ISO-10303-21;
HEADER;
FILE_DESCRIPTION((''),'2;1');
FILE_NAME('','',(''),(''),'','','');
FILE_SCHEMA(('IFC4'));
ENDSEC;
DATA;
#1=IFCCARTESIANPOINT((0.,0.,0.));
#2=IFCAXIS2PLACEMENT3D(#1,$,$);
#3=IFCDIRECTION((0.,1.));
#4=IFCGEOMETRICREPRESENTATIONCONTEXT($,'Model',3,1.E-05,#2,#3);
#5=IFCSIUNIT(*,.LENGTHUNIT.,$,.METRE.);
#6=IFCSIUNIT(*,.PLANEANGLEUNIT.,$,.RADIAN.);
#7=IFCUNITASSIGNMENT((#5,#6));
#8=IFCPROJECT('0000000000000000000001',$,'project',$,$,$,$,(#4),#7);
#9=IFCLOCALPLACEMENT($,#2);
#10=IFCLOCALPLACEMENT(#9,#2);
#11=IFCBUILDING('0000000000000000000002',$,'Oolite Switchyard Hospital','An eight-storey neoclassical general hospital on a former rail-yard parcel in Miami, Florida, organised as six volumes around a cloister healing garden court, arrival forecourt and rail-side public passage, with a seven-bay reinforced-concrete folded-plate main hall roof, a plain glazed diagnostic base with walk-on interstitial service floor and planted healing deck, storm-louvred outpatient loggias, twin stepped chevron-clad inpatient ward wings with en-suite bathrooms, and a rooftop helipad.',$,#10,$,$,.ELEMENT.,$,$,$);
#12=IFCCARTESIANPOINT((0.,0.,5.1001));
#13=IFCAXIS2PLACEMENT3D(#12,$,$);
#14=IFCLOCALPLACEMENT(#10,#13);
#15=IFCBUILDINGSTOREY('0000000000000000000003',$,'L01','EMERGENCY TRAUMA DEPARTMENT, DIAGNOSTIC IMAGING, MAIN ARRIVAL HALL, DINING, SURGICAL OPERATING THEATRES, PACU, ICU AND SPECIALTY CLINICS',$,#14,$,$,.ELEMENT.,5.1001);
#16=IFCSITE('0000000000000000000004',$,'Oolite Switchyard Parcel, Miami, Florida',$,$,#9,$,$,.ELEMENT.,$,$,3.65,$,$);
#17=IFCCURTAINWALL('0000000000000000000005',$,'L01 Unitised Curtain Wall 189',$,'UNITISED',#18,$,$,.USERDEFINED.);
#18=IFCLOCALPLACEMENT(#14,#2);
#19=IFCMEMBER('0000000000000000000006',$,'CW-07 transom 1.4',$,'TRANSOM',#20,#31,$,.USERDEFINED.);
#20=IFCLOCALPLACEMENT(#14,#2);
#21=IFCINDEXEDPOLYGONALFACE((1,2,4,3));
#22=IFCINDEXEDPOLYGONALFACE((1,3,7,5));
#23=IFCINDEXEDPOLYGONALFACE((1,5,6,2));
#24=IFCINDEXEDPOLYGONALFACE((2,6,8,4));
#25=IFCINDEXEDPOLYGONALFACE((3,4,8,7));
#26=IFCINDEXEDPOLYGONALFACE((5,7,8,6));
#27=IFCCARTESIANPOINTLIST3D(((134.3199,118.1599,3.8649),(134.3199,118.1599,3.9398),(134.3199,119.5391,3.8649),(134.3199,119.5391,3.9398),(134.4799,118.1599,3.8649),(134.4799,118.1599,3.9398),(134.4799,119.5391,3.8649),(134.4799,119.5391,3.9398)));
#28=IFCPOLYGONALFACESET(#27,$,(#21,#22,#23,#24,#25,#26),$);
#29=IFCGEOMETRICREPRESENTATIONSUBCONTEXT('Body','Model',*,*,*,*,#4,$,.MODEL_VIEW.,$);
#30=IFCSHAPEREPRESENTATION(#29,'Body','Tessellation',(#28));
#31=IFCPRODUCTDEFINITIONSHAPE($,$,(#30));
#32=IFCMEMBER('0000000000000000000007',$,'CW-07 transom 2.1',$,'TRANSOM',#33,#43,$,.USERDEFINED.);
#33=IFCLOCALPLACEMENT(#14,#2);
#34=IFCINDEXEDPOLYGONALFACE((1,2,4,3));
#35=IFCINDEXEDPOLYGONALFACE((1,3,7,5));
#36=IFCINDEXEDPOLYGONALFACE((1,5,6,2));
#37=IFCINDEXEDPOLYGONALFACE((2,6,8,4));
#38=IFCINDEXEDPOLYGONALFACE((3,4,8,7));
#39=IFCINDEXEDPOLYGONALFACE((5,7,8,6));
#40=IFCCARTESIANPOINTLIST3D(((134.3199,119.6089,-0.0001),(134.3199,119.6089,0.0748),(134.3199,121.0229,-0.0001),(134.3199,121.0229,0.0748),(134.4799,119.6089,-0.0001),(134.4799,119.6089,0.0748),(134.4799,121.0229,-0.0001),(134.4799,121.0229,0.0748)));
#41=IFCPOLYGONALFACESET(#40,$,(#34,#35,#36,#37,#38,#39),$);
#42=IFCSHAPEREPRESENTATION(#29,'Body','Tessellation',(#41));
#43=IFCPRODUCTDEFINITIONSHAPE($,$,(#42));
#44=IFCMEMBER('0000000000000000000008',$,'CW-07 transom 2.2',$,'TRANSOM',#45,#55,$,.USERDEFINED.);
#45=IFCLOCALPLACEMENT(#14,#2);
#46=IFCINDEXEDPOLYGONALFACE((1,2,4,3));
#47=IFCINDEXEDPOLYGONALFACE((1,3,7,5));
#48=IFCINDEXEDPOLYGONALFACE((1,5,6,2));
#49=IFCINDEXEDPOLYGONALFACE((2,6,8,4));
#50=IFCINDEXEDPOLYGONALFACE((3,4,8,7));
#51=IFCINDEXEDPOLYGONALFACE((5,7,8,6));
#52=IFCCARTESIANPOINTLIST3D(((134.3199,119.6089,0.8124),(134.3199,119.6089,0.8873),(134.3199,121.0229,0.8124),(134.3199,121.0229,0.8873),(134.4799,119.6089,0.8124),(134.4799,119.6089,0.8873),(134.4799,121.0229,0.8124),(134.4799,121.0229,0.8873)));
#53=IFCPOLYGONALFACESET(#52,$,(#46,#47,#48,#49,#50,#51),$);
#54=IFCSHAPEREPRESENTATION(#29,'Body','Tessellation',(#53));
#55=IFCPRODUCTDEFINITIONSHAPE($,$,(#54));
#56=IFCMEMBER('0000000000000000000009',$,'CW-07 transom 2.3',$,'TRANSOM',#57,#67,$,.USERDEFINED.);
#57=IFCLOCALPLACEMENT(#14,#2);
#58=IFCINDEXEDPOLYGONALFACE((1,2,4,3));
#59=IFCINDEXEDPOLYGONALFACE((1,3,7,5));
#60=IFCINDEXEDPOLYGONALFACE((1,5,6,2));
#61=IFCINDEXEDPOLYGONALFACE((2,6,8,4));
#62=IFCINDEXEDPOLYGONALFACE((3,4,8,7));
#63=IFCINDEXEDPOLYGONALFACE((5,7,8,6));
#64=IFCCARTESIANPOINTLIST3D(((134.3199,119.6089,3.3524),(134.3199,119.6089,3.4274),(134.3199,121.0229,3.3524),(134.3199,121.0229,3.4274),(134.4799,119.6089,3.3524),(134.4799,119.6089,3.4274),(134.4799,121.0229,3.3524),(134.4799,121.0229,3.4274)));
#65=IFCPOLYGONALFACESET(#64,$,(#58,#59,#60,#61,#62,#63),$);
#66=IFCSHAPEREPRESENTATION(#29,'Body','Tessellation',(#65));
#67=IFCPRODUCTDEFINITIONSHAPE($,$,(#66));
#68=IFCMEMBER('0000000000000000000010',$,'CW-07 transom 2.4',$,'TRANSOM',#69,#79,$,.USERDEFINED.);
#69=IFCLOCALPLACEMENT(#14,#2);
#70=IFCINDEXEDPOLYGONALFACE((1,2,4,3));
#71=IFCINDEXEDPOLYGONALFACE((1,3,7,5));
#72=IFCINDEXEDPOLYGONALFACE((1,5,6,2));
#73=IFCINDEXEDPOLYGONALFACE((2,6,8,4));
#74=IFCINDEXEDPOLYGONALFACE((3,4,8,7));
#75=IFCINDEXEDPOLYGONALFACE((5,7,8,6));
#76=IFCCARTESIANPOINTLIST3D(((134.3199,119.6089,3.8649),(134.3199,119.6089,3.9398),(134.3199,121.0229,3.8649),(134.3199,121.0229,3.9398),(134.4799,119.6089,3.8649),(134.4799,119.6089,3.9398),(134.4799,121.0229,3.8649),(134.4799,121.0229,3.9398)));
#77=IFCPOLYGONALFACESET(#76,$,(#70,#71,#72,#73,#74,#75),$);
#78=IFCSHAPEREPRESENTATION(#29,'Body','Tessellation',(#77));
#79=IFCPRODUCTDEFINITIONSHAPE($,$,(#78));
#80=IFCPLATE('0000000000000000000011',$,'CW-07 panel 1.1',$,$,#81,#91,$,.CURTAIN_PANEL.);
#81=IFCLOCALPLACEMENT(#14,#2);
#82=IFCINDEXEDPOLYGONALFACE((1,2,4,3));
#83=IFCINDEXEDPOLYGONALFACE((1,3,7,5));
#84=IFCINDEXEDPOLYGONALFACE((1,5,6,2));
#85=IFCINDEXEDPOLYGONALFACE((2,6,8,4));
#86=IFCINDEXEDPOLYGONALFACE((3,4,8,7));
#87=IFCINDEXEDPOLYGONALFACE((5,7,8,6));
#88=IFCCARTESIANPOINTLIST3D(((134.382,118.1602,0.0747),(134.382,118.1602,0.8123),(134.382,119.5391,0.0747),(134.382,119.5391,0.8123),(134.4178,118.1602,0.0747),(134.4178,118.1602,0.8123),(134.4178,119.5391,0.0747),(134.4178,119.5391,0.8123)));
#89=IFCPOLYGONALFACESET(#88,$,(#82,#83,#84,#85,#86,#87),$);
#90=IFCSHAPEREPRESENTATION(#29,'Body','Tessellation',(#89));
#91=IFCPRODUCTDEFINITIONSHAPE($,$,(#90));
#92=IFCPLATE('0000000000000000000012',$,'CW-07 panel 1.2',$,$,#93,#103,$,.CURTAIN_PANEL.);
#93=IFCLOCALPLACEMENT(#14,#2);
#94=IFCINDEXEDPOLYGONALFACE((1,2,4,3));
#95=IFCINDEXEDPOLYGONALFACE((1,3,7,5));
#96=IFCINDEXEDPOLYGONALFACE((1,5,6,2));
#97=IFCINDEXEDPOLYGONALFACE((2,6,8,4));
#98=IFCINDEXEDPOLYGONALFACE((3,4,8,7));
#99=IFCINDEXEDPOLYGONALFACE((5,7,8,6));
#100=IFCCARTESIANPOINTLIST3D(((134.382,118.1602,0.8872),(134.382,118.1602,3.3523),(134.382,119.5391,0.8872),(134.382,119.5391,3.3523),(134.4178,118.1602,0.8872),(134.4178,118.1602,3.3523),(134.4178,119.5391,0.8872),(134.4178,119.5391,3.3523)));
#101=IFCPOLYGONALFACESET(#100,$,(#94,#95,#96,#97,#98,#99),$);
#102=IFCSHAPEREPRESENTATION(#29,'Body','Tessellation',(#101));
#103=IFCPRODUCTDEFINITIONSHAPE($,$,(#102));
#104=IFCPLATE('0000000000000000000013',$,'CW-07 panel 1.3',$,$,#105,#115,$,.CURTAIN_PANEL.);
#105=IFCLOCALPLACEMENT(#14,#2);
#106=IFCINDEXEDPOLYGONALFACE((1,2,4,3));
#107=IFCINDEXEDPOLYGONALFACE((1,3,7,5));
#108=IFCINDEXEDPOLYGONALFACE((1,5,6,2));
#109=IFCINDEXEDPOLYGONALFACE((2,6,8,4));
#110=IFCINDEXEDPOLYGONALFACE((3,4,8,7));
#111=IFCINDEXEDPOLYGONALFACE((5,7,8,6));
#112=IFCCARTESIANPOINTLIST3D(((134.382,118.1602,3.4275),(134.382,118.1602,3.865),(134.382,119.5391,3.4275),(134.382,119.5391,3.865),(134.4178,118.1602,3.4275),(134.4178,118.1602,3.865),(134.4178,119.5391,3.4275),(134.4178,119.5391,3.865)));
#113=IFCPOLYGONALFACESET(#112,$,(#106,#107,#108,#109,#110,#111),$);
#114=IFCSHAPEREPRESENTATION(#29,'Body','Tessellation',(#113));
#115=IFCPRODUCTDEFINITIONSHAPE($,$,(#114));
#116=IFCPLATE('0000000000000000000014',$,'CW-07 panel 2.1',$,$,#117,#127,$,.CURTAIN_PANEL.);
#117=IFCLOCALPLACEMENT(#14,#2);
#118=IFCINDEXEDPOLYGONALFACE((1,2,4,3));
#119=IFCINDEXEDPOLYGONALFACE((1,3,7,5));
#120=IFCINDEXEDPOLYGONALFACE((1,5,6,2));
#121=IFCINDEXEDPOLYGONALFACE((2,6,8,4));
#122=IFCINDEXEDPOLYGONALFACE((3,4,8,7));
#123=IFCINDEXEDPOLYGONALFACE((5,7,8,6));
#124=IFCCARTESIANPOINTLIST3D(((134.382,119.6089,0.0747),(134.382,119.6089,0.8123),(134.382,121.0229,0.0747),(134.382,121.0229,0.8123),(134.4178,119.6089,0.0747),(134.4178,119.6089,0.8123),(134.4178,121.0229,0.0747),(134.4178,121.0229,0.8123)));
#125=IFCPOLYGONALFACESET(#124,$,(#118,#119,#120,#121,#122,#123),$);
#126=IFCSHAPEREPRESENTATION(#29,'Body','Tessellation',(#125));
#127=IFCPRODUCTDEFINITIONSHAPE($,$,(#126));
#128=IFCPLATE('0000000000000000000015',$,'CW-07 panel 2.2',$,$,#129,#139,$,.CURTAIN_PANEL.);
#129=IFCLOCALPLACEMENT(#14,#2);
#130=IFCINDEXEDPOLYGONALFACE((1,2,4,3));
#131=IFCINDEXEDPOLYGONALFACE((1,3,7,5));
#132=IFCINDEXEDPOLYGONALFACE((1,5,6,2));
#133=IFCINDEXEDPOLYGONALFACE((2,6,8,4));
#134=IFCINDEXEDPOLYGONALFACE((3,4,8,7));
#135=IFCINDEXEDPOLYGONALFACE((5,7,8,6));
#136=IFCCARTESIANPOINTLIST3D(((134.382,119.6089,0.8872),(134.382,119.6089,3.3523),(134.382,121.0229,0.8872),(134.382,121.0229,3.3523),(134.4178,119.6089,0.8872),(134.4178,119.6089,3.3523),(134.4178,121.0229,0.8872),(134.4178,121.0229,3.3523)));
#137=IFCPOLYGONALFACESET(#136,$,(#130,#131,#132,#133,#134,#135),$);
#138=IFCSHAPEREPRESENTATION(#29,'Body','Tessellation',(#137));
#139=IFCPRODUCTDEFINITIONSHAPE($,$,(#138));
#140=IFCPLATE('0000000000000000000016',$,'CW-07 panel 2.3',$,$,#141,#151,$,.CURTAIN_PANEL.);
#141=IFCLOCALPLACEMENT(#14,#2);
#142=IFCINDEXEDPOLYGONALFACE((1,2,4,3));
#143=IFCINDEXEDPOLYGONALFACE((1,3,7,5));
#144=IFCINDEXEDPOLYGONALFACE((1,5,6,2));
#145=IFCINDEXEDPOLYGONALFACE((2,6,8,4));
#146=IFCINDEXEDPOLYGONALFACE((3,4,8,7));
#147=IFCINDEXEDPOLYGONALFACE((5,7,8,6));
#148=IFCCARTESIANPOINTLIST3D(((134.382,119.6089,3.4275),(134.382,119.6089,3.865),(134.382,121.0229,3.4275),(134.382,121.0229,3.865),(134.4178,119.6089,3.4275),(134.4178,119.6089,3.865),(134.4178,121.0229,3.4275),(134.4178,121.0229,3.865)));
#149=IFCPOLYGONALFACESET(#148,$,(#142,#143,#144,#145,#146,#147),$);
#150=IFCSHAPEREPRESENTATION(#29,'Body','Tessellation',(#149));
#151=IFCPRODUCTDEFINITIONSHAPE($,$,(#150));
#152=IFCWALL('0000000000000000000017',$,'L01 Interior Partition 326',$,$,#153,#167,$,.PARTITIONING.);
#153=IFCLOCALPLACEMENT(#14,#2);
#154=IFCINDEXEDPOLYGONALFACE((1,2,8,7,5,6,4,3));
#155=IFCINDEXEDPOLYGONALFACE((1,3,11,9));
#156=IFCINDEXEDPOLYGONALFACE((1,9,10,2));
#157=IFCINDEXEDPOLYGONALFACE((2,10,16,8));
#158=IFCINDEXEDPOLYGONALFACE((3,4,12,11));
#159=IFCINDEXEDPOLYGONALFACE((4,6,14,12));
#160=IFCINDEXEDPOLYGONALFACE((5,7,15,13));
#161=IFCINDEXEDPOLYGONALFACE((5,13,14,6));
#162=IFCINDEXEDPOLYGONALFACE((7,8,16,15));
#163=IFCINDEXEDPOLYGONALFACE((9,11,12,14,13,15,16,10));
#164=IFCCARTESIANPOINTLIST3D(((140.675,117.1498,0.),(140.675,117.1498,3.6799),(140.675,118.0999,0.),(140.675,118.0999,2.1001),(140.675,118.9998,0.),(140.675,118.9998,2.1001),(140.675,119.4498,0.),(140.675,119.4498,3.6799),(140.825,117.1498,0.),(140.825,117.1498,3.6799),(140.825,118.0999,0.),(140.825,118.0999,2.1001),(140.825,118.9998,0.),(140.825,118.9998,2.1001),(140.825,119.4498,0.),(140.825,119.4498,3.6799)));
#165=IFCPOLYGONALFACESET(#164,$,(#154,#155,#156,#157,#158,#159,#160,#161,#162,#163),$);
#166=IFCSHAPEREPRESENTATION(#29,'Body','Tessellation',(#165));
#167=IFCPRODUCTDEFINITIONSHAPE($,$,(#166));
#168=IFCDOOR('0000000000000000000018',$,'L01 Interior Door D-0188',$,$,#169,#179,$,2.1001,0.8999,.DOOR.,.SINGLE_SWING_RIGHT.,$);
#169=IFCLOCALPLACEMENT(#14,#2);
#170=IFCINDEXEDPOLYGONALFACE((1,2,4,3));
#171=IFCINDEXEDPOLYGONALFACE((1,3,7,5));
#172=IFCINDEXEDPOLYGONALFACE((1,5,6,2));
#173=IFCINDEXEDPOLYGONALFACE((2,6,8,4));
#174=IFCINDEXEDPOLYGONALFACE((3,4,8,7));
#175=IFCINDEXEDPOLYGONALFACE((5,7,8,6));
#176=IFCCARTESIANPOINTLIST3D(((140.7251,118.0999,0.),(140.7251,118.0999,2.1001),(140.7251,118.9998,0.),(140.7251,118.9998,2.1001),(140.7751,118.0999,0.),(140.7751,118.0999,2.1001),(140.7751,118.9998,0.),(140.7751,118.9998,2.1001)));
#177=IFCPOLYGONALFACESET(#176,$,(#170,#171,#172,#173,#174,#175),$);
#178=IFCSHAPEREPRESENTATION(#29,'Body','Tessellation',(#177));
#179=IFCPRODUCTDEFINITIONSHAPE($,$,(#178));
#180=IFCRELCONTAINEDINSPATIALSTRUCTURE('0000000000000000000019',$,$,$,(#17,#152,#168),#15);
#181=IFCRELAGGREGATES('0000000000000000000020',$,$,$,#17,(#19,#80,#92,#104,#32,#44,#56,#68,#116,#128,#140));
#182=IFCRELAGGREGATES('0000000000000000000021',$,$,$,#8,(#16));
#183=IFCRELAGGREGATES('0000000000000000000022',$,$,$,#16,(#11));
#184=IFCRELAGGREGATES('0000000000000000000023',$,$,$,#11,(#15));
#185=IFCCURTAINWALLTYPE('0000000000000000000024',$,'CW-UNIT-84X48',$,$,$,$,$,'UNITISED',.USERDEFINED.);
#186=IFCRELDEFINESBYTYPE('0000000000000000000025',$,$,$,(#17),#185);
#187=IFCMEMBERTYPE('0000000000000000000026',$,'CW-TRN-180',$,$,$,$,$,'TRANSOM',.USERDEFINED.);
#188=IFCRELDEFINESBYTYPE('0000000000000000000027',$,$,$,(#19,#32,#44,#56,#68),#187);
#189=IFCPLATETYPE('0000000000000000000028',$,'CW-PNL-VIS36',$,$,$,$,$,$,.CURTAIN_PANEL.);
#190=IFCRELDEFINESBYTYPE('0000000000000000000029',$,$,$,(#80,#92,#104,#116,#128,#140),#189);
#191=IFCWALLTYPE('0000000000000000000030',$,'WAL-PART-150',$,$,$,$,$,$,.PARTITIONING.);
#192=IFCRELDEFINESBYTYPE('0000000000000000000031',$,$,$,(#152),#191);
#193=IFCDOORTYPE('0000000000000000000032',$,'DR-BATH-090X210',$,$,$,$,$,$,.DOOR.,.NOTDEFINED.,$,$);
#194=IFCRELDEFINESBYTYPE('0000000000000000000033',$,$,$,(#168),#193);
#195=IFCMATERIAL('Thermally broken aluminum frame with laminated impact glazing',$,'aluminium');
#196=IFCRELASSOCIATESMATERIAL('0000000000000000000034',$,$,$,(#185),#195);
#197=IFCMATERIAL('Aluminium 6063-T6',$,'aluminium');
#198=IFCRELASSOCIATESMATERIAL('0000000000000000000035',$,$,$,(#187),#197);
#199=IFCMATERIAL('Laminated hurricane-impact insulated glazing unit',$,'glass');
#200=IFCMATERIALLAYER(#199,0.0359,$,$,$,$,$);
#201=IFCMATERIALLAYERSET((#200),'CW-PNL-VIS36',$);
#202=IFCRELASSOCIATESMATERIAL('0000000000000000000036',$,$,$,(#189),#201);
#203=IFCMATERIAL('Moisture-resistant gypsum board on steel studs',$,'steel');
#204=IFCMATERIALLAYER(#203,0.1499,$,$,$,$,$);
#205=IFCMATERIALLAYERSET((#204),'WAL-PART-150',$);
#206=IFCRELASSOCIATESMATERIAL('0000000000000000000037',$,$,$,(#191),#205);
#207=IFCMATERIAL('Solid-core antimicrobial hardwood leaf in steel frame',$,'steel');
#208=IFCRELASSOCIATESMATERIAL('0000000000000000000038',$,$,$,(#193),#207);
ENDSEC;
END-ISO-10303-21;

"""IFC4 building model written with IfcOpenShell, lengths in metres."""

from ifc_helpers import new_model, si_unit, direction, frame, frame_2d, origin, origin_2d, place, context, subcontext, project, spatial, rectangle, extrude, material, layer, layer_set, material_profile, profile_set, type_object, element, fill, aggregate, save


model = new_model("IFC4")

# Units and contexts
model_context = context("Model", 3, precision=1e-05, world=origin(), true_north=direction((0.0, 1.0)))
body_context = subcontext(model_context, "Body", "Model", "MODEL_VIEW")
ifc_project = project(units=[si_unit("LENGTHUNIT", "METRE"), si_unit("PLANEANGLEUNIT", "RADIAN")], contexts=[model_context])

# Site, building, storey
site_placement = place(None, origin())
site = spatial("IfcSite", under=ifc_project, at=site_placement, Name="Oolite Switchyard Parcel, Miami, Florida", CompositionType="ELEMENT", RefElevation=3.65)
building_placement = place(site_placement, origin())
building = spatial("IfcBuilding", under=site, at=building_placement, Name="Oolite Switchyard Hospital", Description="An eight-storey neoclassical general hospital on a former rail-yard parcel in Miami, Florida, organised as six volumes around a cloister healing garden court, arrival forecourt and rail-side public passage, with a seven-bay reinforced-concrete folded-plate main hall roof, a plain glazed diagnostic base with walk-on interstitial service floor and planted healing deck, storm-louvred outpatient loggias, twin stepped chevron-clad inpatient ward wings with en-suite bathrooms, and a rooftop helipad.", CompositionType="ELEMENT")
storey_placement = place(building_placement, frame((0.0, 0.0, 5.1001)))
storey = spatial("IfcBuildingStorey", under=building, at=storey_placement, Name="L01", Description="EMERGENCY TRAUMA DEPARTMENT, DIAGNOSTIC IMAGING, MAIN ARRIVAL HALL, DINING, SURGICAL OPERATING THEATRES, PACU, ICU AND SPECIALTY CLINICS", CompositionType="ELEMENT", Elevation=5.1001)

# Shared definitions
ifc_material_1 = material(Name="Thermally broken aluminum frame with laminated impact glazing", Category="aluminium")
curtain_wall_type = type_object("IfcCurtainWallType", Name="CW-UNIT-84X48", ElementType="UNITISED", PredefinedType="USERDEFINED", material=ifc_material_1)
ifc_material_2 = material(Name="Aluminium 6063-T6", Category="aluminium")

# Curtain wall, members, plates
curtain_wall_1_placement = place(storey_placement, origin())
curtain_wall_1 = element("IfcCurtainWall", 1, at=curtain_wall_1_placement, inside=storey, type_object=curtain_wall_type, Name="L01 Unitised Curtain Wall 189", ObjectType="UNITISED", PredefinedType="USERDEFINED")
ifc_material_profile_1 = material_profile(ifc_material_2, rectangle(XDim=0.1599, YDim=0.075, at=origin_2d()), Name="CWT75X160")
ifc_profile_set_1 = profile_set([ifc_material_profile_1], Name="Aluminium 6063-T6")
member_type_1 = type_object("IfcMemberType", Name="CW-TRN-180", ElementType="TRANSOM", PredefinedType="USERDEFINED", material=ifc_profile_set_1)
member_1_placement = place(storey_placement, frame((134.3999, 118.1599, 3.9023), z_axis=(0.0, 1.0, 0.0), x_axis=(-1.0, 0.0, 0.0)))
member_1 = element("IfcMember", 2, at=member_1_placement, type_object=member_type_1, Name="CW-07 transom 1.4", ObjectType="TRANSOM", PredefinedType="USERDEFINED", context=body_context, shape_type="SweptSolid", body=[
    extrude(rectangle(XDim=0.1599, YDim=0.075, at=origin_2d()), origin(), (0.0, 0.0, 1.0), 1.3792),
])
member_2_placement = place(storey_placement, frame((134.3999, 119.6089, 0.0374), z_axis=(0.0, 1.0, 0.0), x_axis=(-1.0, 0.0, 0.0)))
member_2 = element("IfcMember", 3, at=member_2_placement, type_object=member_type_1, Name="CW-07 transom 2.1", ObjectType="TRANSOM", PredefinedType="USERDEFINED", context=body_context, shape_type="SweptSolid", body=[
    extrude(rectangle(XDim=0.1599, YDim=0.075, at=origin_2d()), origin(), (0.0, 0.0, 1.0), 1.4141),
])
member_3_placement = place(storey_placement, frame((134.3999, 119.6089, 0.8499), z_axis=(0.0, 1.0, 0.0), x_axis=(-1.0, 0.0, 0.0)))
member_3 = element("IfcMember", 4, at=member_3_placement, type_object=member_type_1, Name="CW-07 transom 2.2", ObjectType="TRANSOM", PredefinedType="USERDEFINED", context=body_context, shape_type="SweptSolid", body=[
    extrude(rectangle(XDim=0.1599, YDim=0.075, at=origin_2d()), origin(), (0.0, 0.0, 1.0), 1.4141),
])
member_4_placement = place(storey_placement, frame((134.3999, 119.6089, 3.3899), z_axis=(0.0, 1.0, 0.0), x_axis=(-1.0, 0.0, 0.0)))
member_4 = element("IfcMember", 5, at=member_4_placement, type_object=member_type_1, Name="CW-07 transom 2.3", ObjectType="TRANSOM", PredefinedType="USERDEFINED", context=body_context, shape_type="SweptSolid", body=[
    extrude(rectangle(XDim=0.1599, YDim=0.075, at=origin_2d()), origin(), (0.0, 0.0, 1.0), 1.4141),
])
member_5_placement = place(storey_placement, frame((134.3999, 119.6089, 3.9023), z_axis=(0.0, 1.0, 0.0), x_axis=(-1.0, 0.0, 0.0)))
member_5 = element("IfcMember", 6, at=member_5_placement, type_object=member_type_1, Name="CW-07 transom 2.4", ObjectType="TRANSOM", PredefinedType="USERDEFINED", context=body_context, shape_type="SweptSolid", body=[
    extrude(rectangle(XDim=0.1599, YDim=0.075, at=origin_2d()), origin(), (0.0, 0.0, 1.0), 1.4141),
])
ifc_material_3 = material(Name="Laminated hurricane-impact insulated glazing unit", Category="glass")
ifc_layer_1 = layer(ifc_material_3, 0.0359)
ifc_layer_set_1 = layer_set([ifc_layer_1], Name="CW-PNL-VIS36")
plate_type = type_object("IfcPlateType", Name="CW-PNL-VIS36", PredefinedType="CURTAIN_PANEL", material=ifc_layer_set_1)
plate_1_placement = place(storey_placement, frame((134.3999, 118.8496, 0.0747), z_axis=(0.0, 0.0, 1.0), x_axis=(0.0, 1.0, 0.0)))
plate_1 = element("IfcPlate", 7, at=plate_1_placement, type_object=plate_type, Name="CW-07 panel 1.1", PredefinedType="CURTAIN_PANEL", context=body_context, shape_type="SweptSolid", body=[
    extrude(rectangle(XDim=1.3789, YDim=0.0359, at=origin_2d()), origin(), (0.0, 0.0, 1.0), 0.7375),
])
plate_2_placement = place(storey_placement, frame((134.3999, 118.8496, 0.8872), z_axis=(0.0, 0.0, 1.0), x_axis=(0.0, 1.0, 0.0)))
plate_2 = element("IfcPlate", 8, at=plate_2_placement, type_object=plate_type, Name="CW-07 panel 1.2", PredefinedType="CURTAIN_PANEL", context=body_context, shape_type="SweptSolid", body=[
    extrude(rectangle(XDim=1.3789, YDim=0.0359, at=origin_2d()), origin(), (0.0, 0.0, 1.0), 2.4651),
])
plate_3_placement = place(storey_placement, frame((134.3999, 118.8496, 3.4275), z_axis=(0.0, 0.0, 1.0), x_axis=(0.0, 1.0, 0.0)))
plate_3 = element("IfcPlate", 9, at=plate_3_placement, type_object=plate_type, Name="CW-07 panel 1.3", PredefinedType="CURTAIN_PANEL", context=body_context, shape_type="SweptSolid", body=[
    extrude(rectangle(XDim=1.3789, YDim=0.0359, at=origin_2d()), origin(), (0.0, 0.0, 1.0), 0.4375),
])
plate_4_placement = place(storey_placement, frame((134.3999, 120.3159, 0.0747), z_axis=(0.0, 0.0, 1.0), x_axis=(0.0, 1.0, 0.0)))
plate_4 = element("IfcPlate", 10, at=plate_4_placement, type_object=plate_type, Name="CW-07 panel 2.1", PredefinedType="CURTAIN_PANEL", context=body_context, shape_type="SweptSolid", body=[
    extrude(rectangle(XDim=1.4141, YDim=0.0359, at=origin_2d()), origin(), (0.0, 0.0, 1.0), 0.7375),
])
plate_5_placement = place(storey_placement, frame((134.3999, 120.3159, 0.8872), z_axis=(0.0, 0.0, 1.0), x_axis=(0.0, 1.0, 0.0)))
plate_5 = element("IfcPlate", 11, at=plate_5_placement, type_object=plate_type, Name="CW-07 panel 2.2", PredefinedType="CURTAIN_PANEL", context=body_context, shape_type="SweptSolid", body=[
    extrude(rectangle(XDim=1.4141, YDim=0.0359, at=origin_2d()), origin(), (0.0, 0.0, 1.0), 2.4651),
])
plate_6_placement = place(storey_placement, frame((134.3999, 120.3159, 3.4275), z_axis=(0.0, 0.0, 1.0), x_axis=(0.0, 1.0, 0.0)))
plate_6 = element("IfcPlate", 12, at=plate_6_placement, type_object=plate_type, Name="CW-07 panel 2.3", PredefinedType="CURTAIN_PANEL", context=body_context, shape_type="SweptSolid", body=[
    extrude(rectangle(XDim=1.4141, YDim=0.0359, at=origin_2d()), origin(), (0.0, 0.0, 1.0), 0.4375),
])
aggregate(curtain_wall_1, [member_1, plate_1, plate_2, plate_3, member_2, member_3, member_4, member_5, plate_4, plate_5, plate_6])

# Wall, opening, door
ifc_material_4 = material(Name="Moisture-resistant gypsum board on steel studs", Category="steel")
ifc_layer_2 = layer(ifc_material_4, 0.1499)
ifc_layer_set_2 = layer_set([ifc_layer_2], Name="WAL-PART-150")
wall_type_1 = type_object("IfcWallType", Name="WAL-PART-150", PredefinedType="PARTITIONING", material=ifc_layer_set_2)
wall_1_placement = place(storey_placement, frame((140.75, 117.1499, 0.0), z_axis=(0.0, 0.0, 1.0), x_axis=(0.0, 1.0, 0.0)))
wall_1 = element("IfcWall", 13, at=wall_1_placement, inside=storey, type_object=wall_type_1, Name="L01 Interior Partition 326", PredefinedType="PARTITIONING", context=body_context, shape_type="SweptSolid", body=[
    extrude(rectangle(XDim=2.3, YDim=0.1499, at=frame_2d((1.1499, 0.0))), origin(), (0.0, 0.0, 1.0), 3.6799),
])
opening_1_placement = place(wall_1_placement, frame((0.95, 0.0, 0.0)))
opening_1 = element("IfcOpeningElement", 14, at=opening_1_placement, cuts=wall_1, PredefinedType="OPENING", context=body_context, shape_type="SweptSolid", body=[
    extrude(rectangle(XDim=0.8999, YDim=2.1001, at=frame_2d((0.45, 1.05))), frame((0.0, 0.085, 0.0), z_axis=(0.0, -1.0, 0.0), x_axis=(1.0, 0.0, 0.0)), (0.0, 0.0, 1.0), 0.1699),
])
ifc_material_5 = material(Name="Solid-core antimicrobial hardwood leaf in steel frame", Category="steel")
door_type_1 = type_object("IfcDoorType", Name="DR-BATH-090X210", OperationType="NOTDEFINED", PredefinedType="DOOR", material=ifc_material_5)
door_1_placement = place(opening_1_placement, origin())
door_1 = element("IfcDoor", 15, at=door_1_placement, inside=storey, type_object=door_type_1, Name="L01 Interior Door D-0188", OperationType="SINGLE_SWING_RIGHT", OverallHeight=2.1001, OverallWidth=0.8999, PredefinedType="DOOR", context=body_context, shape_type="SweptSolid", body=[
    extrude(rectangle(XDim=0.8999, YDim=2.1001, at=frame_2d((0.45, 1.05))), frame((0.0, 0.0249, 0.0), z_axis=(0.0, -1.0, 0.0), x_axis=(1.0, 0.0, 0.0)), (0.0, 0.0, 1.0), 0.05),
])
fill(opening_1, door_1)

save(model, "model.ifc")
